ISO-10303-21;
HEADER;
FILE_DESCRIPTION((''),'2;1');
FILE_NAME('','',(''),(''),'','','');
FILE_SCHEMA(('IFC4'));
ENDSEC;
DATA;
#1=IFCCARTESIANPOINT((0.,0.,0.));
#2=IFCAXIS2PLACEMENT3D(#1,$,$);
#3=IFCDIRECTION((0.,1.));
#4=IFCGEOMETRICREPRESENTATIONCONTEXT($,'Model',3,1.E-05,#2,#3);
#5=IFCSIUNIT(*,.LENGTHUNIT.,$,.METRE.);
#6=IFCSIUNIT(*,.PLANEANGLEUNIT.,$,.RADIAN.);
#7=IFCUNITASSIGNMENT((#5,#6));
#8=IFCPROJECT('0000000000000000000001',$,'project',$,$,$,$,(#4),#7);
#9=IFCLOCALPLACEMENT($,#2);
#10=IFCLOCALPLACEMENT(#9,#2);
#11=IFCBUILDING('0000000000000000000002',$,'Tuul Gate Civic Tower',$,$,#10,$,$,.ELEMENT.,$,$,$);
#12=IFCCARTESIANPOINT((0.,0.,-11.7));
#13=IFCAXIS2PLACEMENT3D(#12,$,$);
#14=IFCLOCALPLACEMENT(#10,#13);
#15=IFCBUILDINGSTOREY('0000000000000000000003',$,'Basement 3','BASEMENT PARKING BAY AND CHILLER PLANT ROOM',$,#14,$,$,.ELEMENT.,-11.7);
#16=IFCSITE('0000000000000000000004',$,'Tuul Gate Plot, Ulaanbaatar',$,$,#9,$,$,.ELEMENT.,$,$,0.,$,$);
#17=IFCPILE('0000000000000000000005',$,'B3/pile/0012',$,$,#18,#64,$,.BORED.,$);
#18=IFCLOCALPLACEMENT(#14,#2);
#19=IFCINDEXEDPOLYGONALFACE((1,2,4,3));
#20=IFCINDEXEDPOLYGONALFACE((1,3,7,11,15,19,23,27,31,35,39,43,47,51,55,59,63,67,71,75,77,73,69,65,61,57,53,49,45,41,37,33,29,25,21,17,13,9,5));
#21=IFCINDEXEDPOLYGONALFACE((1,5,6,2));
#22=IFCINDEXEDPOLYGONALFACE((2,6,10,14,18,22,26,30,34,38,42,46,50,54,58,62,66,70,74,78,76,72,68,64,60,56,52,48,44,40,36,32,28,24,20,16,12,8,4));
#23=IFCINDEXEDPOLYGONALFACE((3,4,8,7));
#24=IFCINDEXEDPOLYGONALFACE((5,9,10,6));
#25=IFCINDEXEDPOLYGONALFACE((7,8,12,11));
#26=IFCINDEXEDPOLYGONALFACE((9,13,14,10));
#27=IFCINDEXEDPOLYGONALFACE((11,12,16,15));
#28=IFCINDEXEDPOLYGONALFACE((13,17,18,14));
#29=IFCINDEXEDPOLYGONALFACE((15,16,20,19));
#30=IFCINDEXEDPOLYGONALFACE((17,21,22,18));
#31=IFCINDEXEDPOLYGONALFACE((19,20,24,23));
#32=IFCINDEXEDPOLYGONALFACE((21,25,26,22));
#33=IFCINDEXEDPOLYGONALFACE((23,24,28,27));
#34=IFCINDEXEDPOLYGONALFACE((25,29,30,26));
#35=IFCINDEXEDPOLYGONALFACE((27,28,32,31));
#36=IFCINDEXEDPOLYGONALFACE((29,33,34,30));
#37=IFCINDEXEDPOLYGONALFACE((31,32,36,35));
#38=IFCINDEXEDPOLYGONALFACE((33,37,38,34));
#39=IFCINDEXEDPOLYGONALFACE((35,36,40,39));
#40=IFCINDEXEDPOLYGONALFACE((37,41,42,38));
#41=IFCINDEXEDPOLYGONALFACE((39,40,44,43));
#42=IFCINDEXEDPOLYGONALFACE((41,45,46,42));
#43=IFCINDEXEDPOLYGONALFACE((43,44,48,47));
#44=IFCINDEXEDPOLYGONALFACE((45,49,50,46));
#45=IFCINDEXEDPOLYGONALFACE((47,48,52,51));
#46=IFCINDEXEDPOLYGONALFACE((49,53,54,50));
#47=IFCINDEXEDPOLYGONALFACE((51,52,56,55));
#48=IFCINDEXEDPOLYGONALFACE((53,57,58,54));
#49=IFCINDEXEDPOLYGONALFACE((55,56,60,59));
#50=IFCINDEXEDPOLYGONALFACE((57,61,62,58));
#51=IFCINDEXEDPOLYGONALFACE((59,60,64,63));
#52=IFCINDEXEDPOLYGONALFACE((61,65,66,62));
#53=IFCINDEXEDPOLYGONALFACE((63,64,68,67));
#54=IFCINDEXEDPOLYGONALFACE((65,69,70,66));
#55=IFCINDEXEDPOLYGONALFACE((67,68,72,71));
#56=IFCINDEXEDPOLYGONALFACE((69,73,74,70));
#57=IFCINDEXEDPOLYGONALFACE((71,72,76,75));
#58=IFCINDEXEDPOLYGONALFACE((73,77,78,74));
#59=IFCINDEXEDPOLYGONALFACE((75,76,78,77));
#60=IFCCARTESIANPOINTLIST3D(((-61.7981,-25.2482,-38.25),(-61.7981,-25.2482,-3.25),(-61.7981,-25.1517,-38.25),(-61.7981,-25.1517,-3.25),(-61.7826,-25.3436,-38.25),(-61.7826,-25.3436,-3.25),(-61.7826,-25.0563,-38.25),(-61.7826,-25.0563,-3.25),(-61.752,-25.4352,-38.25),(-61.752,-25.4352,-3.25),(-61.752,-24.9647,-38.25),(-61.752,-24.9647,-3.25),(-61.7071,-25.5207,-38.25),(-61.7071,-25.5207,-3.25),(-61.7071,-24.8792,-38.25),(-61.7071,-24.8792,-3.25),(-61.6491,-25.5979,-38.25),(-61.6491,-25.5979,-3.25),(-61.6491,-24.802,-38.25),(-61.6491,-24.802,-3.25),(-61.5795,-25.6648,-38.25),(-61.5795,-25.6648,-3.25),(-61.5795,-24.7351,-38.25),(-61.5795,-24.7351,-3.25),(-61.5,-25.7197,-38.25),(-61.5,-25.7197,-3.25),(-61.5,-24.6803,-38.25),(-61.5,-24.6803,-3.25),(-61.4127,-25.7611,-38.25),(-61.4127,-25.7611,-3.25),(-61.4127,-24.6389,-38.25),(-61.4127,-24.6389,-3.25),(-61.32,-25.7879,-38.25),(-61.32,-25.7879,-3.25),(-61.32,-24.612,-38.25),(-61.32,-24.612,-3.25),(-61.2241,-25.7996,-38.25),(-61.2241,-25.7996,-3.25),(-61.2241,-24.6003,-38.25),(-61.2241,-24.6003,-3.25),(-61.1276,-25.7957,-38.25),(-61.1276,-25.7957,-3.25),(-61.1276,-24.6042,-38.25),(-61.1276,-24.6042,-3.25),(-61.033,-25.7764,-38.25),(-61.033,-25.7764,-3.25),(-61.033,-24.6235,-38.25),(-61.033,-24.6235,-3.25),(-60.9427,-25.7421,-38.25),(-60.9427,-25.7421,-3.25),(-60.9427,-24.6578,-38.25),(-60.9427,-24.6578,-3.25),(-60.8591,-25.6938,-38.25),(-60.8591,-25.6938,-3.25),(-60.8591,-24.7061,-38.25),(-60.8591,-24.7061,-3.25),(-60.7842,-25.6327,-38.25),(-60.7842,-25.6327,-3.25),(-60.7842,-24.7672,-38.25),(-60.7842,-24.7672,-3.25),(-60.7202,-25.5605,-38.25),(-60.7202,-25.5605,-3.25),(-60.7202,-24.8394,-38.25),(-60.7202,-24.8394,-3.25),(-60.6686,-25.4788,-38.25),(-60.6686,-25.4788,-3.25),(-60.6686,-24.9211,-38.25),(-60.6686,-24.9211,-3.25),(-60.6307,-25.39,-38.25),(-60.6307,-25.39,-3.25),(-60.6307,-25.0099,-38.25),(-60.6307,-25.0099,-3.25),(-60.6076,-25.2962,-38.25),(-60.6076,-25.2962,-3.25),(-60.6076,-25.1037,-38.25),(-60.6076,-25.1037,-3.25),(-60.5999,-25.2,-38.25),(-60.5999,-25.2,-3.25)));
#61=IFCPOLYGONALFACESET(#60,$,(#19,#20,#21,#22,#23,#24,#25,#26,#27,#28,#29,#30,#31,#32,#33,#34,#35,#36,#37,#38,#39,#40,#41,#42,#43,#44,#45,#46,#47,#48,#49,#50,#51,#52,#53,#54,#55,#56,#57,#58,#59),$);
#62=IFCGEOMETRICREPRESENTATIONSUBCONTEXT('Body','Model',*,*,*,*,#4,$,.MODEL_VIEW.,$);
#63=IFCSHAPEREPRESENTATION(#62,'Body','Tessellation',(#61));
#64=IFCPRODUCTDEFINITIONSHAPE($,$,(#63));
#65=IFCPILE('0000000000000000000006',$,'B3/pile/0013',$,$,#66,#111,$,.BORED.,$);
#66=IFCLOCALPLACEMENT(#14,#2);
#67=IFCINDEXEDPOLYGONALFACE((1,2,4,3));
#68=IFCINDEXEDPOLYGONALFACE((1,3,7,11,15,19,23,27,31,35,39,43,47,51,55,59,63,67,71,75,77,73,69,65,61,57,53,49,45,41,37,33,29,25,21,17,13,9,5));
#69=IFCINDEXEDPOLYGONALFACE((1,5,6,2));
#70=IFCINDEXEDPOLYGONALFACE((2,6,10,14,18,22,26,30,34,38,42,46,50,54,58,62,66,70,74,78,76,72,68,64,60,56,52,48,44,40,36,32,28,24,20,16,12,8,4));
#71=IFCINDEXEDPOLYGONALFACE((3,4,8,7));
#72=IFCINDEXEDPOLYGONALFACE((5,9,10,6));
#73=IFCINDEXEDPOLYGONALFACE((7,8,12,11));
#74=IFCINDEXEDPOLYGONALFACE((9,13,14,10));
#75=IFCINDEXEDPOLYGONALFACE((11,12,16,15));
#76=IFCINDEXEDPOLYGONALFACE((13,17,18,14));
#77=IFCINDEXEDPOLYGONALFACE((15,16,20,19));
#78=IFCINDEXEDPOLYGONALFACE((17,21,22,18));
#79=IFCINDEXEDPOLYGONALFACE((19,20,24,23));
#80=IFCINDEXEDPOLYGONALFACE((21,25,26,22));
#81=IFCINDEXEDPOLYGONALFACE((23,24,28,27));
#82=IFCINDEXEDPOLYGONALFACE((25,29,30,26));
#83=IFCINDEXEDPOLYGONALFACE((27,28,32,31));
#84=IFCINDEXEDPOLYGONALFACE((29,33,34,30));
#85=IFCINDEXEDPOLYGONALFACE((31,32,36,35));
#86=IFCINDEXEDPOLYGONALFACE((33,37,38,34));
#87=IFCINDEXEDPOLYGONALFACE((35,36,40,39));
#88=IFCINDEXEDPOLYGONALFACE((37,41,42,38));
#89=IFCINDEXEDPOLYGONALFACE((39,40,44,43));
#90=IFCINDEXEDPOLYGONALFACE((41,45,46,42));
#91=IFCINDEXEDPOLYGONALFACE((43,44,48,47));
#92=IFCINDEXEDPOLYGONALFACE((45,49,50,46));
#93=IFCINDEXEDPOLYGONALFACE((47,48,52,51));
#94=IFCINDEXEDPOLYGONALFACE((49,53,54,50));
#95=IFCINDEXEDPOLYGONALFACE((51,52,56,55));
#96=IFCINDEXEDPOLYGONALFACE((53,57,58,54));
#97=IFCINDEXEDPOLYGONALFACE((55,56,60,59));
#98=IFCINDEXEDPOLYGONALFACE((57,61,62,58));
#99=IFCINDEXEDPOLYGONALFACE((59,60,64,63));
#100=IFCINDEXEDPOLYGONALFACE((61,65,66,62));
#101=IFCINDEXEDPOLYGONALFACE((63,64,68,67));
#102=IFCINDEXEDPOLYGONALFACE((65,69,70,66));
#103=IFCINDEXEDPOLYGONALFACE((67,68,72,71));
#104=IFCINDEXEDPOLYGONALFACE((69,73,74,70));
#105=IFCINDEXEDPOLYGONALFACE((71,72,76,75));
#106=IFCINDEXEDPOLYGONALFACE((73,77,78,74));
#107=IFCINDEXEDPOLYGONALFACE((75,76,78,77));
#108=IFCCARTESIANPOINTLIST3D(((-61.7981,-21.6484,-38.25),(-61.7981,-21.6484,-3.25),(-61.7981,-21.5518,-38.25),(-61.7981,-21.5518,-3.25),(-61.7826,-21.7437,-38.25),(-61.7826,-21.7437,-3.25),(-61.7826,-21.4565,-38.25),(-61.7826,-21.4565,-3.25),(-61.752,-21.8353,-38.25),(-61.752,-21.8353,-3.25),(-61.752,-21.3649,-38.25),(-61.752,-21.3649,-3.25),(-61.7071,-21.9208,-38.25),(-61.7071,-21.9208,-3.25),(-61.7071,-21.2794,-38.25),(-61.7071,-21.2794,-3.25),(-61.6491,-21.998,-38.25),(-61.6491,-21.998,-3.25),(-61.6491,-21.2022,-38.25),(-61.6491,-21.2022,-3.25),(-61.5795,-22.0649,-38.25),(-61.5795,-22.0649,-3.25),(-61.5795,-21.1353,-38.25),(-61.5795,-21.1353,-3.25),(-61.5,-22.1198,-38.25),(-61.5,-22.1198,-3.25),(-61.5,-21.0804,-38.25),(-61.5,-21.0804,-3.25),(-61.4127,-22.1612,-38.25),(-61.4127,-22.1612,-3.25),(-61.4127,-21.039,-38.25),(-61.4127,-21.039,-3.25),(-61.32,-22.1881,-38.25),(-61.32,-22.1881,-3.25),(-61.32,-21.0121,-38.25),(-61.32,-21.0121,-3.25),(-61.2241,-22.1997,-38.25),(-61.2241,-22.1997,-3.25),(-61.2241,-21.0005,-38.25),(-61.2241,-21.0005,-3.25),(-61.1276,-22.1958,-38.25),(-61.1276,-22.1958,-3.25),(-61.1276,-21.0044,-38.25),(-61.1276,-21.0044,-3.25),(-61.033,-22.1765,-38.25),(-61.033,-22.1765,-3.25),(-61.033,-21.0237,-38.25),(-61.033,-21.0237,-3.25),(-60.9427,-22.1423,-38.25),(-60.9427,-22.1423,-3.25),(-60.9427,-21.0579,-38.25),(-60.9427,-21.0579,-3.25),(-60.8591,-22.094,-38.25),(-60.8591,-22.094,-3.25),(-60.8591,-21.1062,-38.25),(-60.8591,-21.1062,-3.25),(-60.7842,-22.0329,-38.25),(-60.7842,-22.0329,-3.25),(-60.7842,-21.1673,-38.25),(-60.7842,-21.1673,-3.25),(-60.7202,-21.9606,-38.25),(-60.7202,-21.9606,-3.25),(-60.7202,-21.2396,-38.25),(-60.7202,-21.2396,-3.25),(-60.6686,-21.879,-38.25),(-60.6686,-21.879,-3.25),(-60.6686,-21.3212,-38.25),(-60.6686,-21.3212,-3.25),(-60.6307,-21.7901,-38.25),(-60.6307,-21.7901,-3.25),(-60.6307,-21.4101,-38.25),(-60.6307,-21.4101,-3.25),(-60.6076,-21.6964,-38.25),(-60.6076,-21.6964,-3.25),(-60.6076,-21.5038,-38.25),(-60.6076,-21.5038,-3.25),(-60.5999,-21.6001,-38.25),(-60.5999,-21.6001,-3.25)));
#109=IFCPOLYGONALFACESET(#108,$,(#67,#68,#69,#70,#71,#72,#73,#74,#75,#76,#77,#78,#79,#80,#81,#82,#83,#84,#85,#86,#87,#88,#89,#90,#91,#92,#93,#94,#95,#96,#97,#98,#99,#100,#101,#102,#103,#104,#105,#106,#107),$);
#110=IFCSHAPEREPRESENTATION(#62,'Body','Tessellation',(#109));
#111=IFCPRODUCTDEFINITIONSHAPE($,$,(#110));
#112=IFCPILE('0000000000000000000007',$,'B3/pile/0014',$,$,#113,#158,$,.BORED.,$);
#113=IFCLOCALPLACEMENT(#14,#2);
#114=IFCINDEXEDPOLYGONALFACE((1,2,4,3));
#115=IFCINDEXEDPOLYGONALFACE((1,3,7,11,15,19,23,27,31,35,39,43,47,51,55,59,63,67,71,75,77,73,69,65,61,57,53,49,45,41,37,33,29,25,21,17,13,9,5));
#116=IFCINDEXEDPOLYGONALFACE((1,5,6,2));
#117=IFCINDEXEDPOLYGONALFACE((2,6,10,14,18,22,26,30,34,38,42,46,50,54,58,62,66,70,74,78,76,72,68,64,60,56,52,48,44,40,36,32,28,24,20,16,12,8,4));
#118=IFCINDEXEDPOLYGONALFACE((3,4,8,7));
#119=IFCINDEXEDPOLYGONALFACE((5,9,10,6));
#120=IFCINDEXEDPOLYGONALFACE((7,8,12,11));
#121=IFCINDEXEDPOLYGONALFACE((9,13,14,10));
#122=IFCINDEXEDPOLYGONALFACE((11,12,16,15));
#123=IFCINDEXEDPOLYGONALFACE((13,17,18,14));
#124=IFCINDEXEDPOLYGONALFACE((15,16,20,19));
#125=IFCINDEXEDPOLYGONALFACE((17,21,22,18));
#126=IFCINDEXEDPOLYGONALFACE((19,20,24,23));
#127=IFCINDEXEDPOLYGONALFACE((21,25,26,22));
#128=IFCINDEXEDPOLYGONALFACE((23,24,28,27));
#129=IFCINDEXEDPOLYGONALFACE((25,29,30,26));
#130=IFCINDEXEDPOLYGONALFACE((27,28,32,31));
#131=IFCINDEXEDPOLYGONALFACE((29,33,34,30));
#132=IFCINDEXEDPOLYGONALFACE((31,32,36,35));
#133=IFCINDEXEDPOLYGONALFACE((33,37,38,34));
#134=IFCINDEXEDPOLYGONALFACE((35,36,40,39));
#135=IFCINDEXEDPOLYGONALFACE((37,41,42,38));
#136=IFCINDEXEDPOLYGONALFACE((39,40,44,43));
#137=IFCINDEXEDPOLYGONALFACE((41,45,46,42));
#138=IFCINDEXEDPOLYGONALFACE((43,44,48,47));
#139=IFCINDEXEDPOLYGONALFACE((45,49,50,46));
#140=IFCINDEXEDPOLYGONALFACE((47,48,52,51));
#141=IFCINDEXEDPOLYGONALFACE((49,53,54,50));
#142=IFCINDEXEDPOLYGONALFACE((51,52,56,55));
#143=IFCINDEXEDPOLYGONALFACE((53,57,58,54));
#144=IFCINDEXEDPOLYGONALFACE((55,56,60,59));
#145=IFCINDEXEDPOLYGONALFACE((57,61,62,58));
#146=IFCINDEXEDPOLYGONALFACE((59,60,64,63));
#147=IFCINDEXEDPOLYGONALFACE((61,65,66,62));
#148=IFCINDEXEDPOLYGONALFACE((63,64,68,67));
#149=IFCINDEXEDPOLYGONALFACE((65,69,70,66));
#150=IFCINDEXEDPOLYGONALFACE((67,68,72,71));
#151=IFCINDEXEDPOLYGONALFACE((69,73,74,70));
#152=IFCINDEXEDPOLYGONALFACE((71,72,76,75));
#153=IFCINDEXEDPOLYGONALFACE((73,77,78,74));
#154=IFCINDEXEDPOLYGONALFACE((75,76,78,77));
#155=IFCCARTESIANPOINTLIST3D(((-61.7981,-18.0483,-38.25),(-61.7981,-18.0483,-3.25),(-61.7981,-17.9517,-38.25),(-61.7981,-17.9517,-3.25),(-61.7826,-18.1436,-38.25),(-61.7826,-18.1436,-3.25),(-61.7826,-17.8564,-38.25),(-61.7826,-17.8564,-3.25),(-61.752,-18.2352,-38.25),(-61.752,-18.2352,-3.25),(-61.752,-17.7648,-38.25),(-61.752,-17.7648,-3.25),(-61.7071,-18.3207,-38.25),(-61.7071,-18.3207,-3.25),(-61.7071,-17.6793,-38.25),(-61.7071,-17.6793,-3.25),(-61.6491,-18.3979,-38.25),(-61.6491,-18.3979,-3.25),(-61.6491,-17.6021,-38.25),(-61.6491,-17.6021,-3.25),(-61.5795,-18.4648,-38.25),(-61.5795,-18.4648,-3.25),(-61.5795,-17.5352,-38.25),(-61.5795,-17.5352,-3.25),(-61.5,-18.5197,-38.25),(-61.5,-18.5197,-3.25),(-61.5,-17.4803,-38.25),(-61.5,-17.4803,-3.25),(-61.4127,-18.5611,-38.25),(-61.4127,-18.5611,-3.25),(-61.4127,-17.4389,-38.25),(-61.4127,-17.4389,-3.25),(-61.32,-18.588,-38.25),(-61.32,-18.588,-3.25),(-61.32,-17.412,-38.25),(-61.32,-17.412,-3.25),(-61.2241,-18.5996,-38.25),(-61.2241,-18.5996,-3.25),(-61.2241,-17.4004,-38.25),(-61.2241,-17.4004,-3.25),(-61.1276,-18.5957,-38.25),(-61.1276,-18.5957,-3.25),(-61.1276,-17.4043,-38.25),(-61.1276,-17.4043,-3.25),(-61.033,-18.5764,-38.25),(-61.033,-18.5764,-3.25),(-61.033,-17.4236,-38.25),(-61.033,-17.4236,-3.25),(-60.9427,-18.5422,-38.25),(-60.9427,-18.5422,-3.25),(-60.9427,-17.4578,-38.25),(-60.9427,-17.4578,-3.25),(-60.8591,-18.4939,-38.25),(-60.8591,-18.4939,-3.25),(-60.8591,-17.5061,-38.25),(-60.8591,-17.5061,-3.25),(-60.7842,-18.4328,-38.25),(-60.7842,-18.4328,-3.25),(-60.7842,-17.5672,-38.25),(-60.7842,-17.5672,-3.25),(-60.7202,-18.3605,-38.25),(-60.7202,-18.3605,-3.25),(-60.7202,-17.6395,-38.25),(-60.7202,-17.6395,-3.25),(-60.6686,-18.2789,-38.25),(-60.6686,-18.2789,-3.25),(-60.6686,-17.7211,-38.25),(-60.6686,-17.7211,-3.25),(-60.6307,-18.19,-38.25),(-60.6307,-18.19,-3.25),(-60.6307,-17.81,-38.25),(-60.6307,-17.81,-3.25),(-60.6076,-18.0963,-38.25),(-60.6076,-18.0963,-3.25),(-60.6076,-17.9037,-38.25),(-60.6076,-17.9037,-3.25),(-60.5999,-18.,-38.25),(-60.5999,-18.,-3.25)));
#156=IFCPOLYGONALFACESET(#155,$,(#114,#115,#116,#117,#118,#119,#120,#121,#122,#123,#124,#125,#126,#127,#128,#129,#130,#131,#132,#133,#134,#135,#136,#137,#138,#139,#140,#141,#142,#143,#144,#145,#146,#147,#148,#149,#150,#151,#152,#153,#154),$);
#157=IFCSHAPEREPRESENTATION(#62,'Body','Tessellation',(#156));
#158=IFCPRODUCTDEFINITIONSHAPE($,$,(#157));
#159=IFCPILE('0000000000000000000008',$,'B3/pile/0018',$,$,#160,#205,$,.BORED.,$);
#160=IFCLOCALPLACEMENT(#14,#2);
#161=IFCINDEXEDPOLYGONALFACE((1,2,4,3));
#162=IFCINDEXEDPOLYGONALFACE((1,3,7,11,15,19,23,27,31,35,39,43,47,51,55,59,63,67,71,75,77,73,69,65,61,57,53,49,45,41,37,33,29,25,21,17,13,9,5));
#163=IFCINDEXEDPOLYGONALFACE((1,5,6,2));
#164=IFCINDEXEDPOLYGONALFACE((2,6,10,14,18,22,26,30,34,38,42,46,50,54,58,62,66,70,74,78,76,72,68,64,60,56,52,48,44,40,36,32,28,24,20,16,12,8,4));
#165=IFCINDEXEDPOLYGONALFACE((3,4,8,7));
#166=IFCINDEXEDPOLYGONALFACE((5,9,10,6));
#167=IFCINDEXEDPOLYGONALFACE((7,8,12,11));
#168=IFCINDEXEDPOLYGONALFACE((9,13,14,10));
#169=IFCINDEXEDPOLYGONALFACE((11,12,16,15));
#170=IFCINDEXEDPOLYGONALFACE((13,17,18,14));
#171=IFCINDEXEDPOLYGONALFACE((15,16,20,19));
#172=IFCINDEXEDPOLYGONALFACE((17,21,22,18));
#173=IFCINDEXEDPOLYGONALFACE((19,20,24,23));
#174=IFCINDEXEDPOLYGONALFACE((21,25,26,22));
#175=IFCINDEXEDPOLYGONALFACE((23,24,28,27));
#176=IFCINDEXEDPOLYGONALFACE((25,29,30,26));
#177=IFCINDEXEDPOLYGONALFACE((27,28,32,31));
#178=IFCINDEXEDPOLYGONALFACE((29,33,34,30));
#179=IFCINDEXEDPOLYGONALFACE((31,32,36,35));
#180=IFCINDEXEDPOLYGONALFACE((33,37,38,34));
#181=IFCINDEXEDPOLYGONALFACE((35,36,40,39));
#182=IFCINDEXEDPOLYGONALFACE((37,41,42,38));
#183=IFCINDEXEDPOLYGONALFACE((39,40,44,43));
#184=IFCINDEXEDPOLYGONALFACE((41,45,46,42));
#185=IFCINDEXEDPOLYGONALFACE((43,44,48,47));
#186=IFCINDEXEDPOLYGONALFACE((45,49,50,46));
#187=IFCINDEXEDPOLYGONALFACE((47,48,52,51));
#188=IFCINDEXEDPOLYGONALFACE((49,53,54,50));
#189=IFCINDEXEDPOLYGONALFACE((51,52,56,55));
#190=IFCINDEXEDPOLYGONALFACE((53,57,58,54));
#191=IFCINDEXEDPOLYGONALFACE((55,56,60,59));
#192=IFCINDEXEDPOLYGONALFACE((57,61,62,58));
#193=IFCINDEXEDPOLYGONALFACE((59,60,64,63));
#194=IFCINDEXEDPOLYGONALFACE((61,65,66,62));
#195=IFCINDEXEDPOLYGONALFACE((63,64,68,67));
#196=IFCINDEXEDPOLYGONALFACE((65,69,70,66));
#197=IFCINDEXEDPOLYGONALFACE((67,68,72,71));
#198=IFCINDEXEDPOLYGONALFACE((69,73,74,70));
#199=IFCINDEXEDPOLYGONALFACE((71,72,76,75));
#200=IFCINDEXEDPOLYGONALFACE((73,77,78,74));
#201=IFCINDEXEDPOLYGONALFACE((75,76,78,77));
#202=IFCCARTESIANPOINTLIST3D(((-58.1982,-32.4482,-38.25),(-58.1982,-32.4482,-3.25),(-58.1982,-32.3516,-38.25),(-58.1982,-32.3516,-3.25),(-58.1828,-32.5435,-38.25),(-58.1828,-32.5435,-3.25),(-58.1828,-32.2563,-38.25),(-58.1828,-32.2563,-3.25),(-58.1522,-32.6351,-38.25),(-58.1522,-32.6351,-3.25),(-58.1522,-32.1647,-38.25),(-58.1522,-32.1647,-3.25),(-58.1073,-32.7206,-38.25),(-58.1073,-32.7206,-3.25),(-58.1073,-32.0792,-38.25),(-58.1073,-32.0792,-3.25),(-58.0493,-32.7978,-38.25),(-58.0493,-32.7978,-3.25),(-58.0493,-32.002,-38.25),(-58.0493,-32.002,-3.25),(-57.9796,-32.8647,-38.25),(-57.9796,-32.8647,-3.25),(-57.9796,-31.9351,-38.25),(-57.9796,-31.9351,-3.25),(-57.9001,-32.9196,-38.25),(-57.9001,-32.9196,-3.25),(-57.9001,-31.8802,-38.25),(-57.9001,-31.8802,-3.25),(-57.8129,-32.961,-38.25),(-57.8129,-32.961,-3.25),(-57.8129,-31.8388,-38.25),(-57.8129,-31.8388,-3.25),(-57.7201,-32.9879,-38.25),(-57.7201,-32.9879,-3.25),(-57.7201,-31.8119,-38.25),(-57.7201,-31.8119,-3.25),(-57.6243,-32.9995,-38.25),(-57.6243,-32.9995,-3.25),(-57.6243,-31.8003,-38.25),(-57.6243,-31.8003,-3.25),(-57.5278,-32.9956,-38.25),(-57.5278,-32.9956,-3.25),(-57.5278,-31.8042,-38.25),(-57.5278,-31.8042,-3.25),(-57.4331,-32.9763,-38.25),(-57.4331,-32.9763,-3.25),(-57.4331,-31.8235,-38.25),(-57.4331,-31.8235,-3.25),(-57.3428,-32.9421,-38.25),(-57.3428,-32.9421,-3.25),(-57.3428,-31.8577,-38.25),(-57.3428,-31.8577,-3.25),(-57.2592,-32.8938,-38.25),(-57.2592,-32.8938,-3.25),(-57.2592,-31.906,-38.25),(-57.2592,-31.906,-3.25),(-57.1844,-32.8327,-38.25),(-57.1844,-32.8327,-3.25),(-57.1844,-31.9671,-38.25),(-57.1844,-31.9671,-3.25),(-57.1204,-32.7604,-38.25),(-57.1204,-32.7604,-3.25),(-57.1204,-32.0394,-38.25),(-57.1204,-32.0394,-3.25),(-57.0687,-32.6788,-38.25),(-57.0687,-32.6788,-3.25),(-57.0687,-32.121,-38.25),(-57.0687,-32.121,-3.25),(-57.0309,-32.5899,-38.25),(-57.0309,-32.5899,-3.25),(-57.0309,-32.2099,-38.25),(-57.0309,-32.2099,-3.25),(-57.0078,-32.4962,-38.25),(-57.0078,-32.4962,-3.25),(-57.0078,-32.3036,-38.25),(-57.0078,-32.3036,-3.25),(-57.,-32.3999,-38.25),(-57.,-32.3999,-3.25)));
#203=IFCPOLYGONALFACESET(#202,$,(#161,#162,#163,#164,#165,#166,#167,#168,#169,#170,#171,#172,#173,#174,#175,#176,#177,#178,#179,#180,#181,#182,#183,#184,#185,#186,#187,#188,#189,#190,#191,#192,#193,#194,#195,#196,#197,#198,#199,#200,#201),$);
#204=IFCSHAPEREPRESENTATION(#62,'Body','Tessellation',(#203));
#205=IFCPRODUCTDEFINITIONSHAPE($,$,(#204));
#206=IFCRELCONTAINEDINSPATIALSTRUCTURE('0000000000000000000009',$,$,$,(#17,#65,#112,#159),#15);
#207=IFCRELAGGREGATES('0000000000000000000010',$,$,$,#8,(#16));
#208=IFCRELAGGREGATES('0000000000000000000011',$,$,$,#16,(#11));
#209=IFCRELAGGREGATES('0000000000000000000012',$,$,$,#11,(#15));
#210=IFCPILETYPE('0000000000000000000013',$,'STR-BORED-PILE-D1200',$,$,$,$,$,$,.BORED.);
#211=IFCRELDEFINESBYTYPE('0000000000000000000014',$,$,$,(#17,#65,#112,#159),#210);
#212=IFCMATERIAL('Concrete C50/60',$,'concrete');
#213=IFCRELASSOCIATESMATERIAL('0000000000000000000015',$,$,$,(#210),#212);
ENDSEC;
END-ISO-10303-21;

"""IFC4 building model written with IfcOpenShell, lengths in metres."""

from ifc_helpers import new_model, si_unit, direction, frame, origin, origin_2d, place, context, subcontext, project, spatial, circle, extrude, material, material_profile, profile_set, type_object, element, save


model = new_model("IFC4")

# Units and contexts
model_context = context("Model", 3, precision=1e-05, world=origin(), true_north=direction((0.0, 1.0)))
body_context = subcontext(model_context, "Body", "Model", "MODEL_VIEW")
ifc_project = project(units=[si_unit("LENGTHUNIT", "METRE"), si_unit("PLANEANGLEUNIT", "RADIAN")], contexts=[model_context])

# Site, building, storey
site_placement = place(None, origin())
site = spatial("IfcSite", under=ifc_project, at=site_placement, Name="Tuul Gate Plot, Ulaanbaatar", CompositionType="ELEMENT", RefElevation=0.0)
building_placement = place(site_placement, origin())
building = spatial("IfcBuilding", under=site, at=building_placement, Name="Tuul Gate Civic Tower", CompositionType="ELEMENT")
storey_placement = place(building_placement, frame((0.0, 0.0, -11.7)))
storey = spatial("IfcBuildingStorey", under=building, at=storey_placement, Name="Basement 3", Description="BASEMENT PARKING BAY AND CHILLER PLANT ROOM", CompositionType="ELEMENT", Elevation=-11.7)

# Piles
ifc_material_1 = material(Name="Concrete C50/60", Category="concrete")
ifc_material_profile_1 = material_profile(ifc_material_1, circle(Radius=0.6001, at=origin_2d()), Name="PILE1200")
ifc_profile_set_1 = profile_set([ifc_material_profile_1], Name="Concrete C50/60")
pile_type = type_object("IfcPileType", Name="STR-BORED-PILE-D1200", PredefinedType="BORED", material=ifc_profile_set_1)
for number, where, z_axis, x_axis, name in (
    (1, (-61.2, -25.2, -3.25), (0.0, 0.0, -1.0), (1.0, 0.0, 0.0), "B3/pile/0012"),
    (2, (-61.2, -21.6001, -3.25), (0.0, 0.0, -1.0), (1.0, 0.0, 0.0), "B3/pile/0013"),
    (3, (-61.2, -18.0, -3.25), (0.0, 0.0, -1.0), (1.0, 0.0, 0.0), "B3/pile/0014"),
    (4, (-57.6001, -32.3999, -3.25), (0.0, 0.0, -1.0), (1.0, 0.0, 0.0), "B3/pile/0018"),
):
    element("IfcPile", number, at=place(storey_placement, frame(where, z_axis=z_axis, x_axis=x_axis)), inside=storey, type_object=pile_type, Name=name, PredefinedType="BORED", context=body_context, shape_type="SweptSolid", body=[
        extrude(circle(Radius=0.6001, at=origin_2d()), origin(), (0.0, 0.0, 1.0), 35.0),
    ])

save(model, "model.ifc")
